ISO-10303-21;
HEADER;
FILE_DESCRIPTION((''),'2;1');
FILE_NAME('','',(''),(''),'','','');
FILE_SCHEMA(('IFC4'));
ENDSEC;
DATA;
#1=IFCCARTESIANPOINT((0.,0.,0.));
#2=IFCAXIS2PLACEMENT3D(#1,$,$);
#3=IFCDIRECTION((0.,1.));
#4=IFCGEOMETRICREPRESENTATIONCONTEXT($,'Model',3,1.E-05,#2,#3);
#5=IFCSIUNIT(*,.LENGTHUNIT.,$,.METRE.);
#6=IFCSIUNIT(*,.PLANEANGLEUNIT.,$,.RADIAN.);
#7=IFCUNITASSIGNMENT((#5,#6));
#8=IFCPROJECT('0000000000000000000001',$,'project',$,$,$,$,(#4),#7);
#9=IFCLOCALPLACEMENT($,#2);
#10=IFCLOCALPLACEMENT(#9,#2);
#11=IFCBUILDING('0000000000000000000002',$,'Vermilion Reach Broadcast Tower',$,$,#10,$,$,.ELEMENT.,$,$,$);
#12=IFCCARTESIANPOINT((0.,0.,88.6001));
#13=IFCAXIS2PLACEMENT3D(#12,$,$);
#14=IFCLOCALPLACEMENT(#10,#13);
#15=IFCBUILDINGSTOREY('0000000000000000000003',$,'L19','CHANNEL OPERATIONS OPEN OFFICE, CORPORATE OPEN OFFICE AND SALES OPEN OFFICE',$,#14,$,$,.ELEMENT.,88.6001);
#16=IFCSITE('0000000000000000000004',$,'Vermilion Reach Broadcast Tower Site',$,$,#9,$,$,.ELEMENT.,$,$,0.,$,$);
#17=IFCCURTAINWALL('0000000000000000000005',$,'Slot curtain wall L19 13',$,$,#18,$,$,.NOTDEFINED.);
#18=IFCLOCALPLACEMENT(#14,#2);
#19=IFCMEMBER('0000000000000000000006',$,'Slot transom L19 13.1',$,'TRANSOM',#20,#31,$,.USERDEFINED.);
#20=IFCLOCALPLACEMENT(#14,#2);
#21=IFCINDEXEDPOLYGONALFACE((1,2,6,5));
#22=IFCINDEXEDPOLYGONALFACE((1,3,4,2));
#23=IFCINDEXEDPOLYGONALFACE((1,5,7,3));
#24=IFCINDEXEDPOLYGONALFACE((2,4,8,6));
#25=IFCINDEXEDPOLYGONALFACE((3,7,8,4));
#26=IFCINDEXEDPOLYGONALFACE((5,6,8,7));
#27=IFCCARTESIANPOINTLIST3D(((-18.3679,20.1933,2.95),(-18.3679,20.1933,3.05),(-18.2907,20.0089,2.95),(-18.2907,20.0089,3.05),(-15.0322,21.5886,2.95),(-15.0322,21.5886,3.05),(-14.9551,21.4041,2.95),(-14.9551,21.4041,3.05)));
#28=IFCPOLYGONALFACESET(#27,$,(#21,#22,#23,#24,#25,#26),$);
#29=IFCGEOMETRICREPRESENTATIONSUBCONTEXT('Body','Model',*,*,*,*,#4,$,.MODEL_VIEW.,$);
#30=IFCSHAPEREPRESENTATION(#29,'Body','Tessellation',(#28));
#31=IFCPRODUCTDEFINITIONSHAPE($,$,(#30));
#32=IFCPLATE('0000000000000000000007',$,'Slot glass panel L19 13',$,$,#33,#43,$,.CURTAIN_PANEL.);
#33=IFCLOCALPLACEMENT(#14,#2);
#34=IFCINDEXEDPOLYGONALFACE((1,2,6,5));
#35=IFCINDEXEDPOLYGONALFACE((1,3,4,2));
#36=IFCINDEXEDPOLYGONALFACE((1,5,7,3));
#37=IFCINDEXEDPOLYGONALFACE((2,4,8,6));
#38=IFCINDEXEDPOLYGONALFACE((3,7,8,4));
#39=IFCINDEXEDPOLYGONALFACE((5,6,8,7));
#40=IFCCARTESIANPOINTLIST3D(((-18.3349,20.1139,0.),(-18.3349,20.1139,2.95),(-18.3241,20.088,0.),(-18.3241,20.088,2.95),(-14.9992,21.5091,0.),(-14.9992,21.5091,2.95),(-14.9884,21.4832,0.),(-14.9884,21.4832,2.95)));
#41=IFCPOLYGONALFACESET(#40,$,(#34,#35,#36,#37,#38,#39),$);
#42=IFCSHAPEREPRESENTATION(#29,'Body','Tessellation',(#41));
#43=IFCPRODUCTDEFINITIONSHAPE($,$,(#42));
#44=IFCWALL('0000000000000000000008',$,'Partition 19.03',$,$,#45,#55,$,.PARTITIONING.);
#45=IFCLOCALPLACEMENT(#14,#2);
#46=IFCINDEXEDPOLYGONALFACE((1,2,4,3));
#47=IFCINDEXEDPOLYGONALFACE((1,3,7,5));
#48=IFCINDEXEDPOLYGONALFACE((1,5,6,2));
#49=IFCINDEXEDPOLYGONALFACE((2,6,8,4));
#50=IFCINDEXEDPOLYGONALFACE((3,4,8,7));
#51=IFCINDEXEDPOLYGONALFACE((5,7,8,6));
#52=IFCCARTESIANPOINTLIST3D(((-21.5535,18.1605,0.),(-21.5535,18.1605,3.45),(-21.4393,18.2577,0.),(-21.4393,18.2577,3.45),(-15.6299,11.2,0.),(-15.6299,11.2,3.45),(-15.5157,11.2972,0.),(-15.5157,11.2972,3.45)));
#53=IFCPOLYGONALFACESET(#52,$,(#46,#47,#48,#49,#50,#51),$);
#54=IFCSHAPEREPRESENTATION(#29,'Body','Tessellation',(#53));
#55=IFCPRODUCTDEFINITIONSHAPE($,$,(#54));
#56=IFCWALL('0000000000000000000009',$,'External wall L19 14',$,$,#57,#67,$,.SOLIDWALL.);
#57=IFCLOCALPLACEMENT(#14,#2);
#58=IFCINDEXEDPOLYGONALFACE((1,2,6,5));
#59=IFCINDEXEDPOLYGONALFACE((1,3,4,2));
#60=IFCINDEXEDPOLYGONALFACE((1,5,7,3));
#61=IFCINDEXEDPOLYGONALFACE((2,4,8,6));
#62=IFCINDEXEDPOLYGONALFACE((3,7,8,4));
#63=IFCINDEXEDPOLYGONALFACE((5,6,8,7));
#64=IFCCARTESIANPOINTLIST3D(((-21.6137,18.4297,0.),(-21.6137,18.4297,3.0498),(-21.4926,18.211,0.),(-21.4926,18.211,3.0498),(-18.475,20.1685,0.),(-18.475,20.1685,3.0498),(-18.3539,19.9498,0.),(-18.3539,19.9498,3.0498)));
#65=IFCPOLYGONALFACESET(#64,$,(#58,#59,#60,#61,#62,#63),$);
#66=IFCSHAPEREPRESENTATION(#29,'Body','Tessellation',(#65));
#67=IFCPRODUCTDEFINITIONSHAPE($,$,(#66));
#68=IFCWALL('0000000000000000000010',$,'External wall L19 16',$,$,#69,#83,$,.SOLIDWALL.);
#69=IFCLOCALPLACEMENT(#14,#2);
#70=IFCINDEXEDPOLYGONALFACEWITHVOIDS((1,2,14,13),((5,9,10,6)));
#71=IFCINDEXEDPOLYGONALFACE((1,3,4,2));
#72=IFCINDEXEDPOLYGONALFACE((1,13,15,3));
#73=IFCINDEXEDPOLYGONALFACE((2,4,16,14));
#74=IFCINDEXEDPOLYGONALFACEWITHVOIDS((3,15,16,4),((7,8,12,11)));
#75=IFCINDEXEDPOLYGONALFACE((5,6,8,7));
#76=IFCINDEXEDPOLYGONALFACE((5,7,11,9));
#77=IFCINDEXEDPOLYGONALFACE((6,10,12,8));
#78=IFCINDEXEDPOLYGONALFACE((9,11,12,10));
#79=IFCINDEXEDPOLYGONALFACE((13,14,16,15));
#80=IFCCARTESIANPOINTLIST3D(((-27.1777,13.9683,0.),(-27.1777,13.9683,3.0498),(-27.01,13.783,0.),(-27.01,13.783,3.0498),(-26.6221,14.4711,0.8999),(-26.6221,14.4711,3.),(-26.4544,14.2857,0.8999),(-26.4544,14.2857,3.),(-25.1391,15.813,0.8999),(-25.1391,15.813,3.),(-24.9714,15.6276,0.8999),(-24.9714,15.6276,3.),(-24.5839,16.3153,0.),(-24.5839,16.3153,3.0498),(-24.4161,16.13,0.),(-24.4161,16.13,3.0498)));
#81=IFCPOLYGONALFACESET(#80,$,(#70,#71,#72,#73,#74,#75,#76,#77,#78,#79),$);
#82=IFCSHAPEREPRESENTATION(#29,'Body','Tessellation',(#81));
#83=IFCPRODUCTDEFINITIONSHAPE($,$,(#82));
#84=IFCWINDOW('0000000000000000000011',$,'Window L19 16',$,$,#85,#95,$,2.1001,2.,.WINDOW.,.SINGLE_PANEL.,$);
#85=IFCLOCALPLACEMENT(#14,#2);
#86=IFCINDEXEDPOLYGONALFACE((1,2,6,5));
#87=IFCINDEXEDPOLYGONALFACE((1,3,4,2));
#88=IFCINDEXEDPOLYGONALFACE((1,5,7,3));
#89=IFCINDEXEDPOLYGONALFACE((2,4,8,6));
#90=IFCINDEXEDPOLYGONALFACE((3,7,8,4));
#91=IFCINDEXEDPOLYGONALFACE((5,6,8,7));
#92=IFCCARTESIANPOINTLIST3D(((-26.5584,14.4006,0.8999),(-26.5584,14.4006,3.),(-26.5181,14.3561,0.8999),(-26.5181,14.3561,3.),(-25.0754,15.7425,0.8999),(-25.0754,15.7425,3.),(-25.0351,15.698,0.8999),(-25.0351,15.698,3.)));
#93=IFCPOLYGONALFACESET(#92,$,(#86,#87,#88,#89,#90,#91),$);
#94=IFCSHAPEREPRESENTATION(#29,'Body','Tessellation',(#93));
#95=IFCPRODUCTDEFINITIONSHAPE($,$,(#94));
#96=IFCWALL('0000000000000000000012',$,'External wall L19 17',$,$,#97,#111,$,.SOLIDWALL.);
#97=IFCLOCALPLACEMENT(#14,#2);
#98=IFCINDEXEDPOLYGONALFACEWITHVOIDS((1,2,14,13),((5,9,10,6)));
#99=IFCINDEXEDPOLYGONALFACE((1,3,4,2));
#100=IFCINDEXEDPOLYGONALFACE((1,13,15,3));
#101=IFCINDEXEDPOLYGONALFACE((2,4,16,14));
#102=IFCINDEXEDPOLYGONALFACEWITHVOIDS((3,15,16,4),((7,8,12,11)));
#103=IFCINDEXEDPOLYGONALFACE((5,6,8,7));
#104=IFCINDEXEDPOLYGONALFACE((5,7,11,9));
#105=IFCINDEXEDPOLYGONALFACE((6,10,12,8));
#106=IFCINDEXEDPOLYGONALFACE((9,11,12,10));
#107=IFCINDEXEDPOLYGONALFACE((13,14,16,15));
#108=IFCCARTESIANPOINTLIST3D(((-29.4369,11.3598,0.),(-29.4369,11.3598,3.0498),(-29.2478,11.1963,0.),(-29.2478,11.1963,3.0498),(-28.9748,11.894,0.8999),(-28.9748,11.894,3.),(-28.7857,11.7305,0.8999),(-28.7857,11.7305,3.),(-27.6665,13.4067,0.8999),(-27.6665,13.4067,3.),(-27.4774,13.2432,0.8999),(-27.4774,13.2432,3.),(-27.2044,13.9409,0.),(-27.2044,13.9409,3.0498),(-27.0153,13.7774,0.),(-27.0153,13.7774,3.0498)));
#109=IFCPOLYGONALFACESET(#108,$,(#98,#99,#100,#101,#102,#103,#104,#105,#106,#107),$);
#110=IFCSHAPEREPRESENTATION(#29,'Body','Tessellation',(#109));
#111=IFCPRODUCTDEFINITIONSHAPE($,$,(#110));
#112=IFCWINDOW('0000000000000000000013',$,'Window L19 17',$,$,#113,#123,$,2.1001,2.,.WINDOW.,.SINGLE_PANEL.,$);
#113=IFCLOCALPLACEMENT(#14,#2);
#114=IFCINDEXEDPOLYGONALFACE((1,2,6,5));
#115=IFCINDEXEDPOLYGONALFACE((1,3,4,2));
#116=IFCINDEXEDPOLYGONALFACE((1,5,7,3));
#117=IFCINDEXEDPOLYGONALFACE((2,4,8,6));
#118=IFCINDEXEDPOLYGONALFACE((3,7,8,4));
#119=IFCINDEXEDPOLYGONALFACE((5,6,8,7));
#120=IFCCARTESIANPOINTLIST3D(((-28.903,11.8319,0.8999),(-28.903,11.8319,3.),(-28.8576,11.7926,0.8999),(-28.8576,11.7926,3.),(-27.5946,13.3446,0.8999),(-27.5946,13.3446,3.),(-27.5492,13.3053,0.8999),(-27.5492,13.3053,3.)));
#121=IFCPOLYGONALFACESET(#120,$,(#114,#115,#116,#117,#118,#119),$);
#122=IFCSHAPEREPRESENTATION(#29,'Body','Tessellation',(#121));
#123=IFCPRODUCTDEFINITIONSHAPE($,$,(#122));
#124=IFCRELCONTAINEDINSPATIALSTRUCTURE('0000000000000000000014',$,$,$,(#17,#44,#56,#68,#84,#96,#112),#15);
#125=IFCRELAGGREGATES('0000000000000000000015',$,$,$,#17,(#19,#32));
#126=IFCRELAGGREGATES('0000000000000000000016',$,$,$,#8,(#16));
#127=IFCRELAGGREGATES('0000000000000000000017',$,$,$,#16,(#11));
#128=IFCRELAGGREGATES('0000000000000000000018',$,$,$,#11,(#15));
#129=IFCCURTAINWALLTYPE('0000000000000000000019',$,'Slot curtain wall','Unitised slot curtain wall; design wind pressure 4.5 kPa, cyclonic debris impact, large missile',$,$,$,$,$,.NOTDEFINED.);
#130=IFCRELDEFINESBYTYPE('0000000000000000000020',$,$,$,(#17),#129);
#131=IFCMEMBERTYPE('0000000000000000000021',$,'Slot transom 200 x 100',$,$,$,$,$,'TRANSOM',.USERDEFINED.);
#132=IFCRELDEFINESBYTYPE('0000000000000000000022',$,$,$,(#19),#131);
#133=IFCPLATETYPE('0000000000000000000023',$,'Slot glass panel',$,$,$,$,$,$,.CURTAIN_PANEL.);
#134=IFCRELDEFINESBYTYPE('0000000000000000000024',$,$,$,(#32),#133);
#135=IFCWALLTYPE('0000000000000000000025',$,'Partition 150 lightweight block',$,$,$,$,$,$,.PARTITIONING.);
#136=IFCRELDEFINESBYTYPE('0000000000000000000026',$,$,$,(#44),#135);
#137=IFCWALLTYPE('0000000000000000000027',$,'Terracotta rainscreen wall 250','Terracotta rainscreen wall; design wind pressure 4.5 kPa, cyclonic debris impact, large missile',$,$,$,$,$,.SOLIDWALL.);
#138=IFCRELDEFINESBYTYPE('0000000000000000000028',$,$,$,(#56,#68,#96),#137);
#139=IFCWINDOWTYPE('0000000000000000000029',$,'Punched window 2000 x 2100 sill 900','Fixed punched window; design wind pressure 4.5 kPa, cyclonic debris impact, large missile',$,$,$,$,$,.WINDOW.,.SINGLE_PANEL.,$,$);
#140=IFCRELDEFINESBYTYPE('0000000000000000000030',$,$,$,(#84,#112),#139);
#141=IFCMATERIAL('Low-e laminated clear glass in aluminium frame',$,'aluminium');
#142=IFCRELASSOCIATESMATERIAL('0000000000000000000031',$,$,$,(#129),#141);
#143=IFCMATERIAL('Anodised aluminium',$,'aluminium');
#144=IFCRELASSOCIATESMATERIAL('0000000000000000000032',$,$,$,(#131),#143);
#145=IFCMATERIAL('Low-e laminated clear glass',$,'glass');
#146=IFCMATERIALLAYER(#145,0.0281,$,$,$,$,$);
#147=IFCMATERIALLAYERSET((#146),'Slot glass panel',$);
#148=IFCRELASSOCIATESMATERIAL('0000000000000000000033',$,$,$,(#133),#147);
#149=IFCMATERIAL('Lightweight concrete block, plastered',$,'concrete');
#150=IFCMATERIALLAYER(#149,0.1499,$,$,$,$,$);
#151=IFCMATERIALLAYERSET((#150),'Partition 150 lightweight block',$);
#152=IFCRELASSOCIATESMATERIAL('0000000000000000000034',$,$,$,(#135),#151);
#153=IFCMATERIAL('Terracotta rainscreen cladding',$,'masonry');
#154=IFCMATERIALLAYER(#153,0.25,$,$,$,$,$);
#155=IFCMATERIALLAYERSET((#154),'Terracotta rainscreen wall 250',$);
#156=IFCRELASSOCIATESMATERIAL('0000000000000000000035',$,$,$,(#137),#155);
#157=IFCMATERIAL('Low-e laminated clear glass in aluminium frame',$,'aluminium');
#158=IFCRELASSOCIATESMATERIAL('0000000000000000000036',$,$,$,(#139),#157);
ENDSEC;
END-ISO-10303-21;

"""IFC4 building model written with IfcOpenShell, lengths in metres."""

from ifc_helpers import new_model, si_unit, direction, frame, frame_2d, origin, origin_2d, place, context, subcontext, project, spatial, rectangle, extrude, material, layer, layer_set, material_profile, profile_set, type_object, element, fill, aggregate, save


model = new_model("IFC4")

# Units and contexts
model_context = context("Model", 3, precision=1e-05, world=origin(), true_north=direction((0.0, 1.0)))
body_context = subcontext(model_context, "Body", "Model", "MODEL_VIEW")
ifc_project = project(units=[si_unit("LENGTHUNIT", "METRE"), si_unit("PLANEANGLEUNIT", "RADIAN")], contexts=[model_context])

# Site, building, storey
site_placement = place(None, origin())
site = spatial("IfcSite", under=ifc_project, at=site_placement, Name="Vermilion Reach Broadcast Tower Site", CompositionType="ELEMENT", RefElevation=0.0)
building_placement = place(site_placement, origin())
building = spatial("IfcBuilding", under=site, at=building_placement, Name="Vermilion Reach Broadcast Tower", CompositionType="ELEMENT")
storey_placement = place(building_placement, frame((0.0, 0.0, 88.6001)))
storey = spatial("IfcBuildingStorey", under=building, at=storey_placement, Name="L19", Description="CHANNEL OPERATIONS OPEN OFFICE, CORPORATE OPEN OFFICE AND SALES OPEN OFFICE", CompositionType="ELEMENT", Elevation=88.6001)

# Curtain wall, member, plate
ifc_material_1 = material(Name="Low-e laminated clear glass in aluminium frame", Category="aluminium")
curtain_wall_type = type_object("IfcCurtainWallType", Name="Slot curtain wall", Description="Unitised slot curtain wall; design wind pressure 4.5 kPa, cyclonic debris impact, large missile", PredefinedType="NOTDEFINED", material=ifc_material_1)
curtain_wall_placement = place(storey_placement, origin())
curtain_wall = element("IfcCurtainWall", 1, at=curtain_wall_placement, inside=storey, type_object=curtain_wall_type, Name="Slot curtain wall L19 13", PredefinedType="NOTDEFINED")
ifc_material_2 = material(Name="Anodised aluminium", Category="aluminium")
ifc_material_profile_1 = material_profile(ifc_material_2, rectangle(XDim=0.2, YDim=0.1001, at=origin_2d()), Name="Slot transom 200 x 100")
ifc_profile_set_1 = profile_set([ifc_material_profile_1], Name="Anodised aluminium")
member_type_1 = type_object("IfcMemberType", Name="Slot transom 200 x 100", ElementType="TRANSOM", PredefinedType="USERDEFINED", material=ifc_profile_set_1)
member_1_placement = place(storey_placement, frame((-14.9937, 21.4963, 3.0), z_axis=(-0.922547, -0.385886, 0.0), x_axis=(0.385886, -0.922547, 0.0)))
member_1 = element("IfcMember", 2, at=member_1_placement, type_object=member_type_1, Name="Slot transom L19 13.1", ObjectType="TRANSOM", PredefinedType="USERDEFINED", context=body_context, shape_type="SweptSolid", body=[
    extrude(rectangle(XDim=0.2, YDim=0.1001, at=origin_2d()), origin(), (0.0, 0.0, 1.0), 3.6157),
])
ifc_material_3 = material(Name="Low-e laminated clear glass", Category="glass")
ifc_layer_1 = layer(ifc_material_3, 0.0281)
ifc_layer_set_1 = layer_set([ifc_layer_1], Name="Slot glass panel")
plate_type = type_object("IfcPlateType", Name="Slot glass panel", PredefinedType="CURTAIN_PANEL", material=ifc_layer_set_1)
plate_placement = place(storey_placement, frame((-16.6616, 20.7986, 0.0), z_axis=(0.0, 0.0, 1.0), x_axis=(-0.922555, -0.385867, 0.0)))
plate = element("IfcPlate", 3, at=plate_placement, type_object=plate_type, Name="Slot glass panel L19 13", PredefinedType="CURTAIN_PANEL", context=body_context, shape_type="SweptSolid", body=[
    extrude(rectangle(XDim=3.6157, YDim=0.0281, at=origin_2d()), origin(), (0.0, 0.0, 1.0), 2.95),
])
aggregate(curtain_wall, [member_1, plate])

# Walls
ifc_material_4 = material(Name="Lightweight concrete block, plastered", Category="concrete")
ifc_layer_2 = layer(ifc_material_4, 0.1499)
ifc_layer_set_2 = layer_set([ifc_layer_2], Name="Partition 150 lightweight block")
wall_type_1 = type_object("IfcWallType", Name="Partition 150 lightweight block", PredefinedType="PARTITIONING", material=ifc_layer_set_2)
wall_1_placement = place(storey_placement, frame((-21.4963, 18.209, 0.0), z_axis=(0.0, 0.0, 1.0), x_axis=(0.648106, -0.76155, 0.0)))
element("IfcWall", 4, at=wall_1_placement, inside=storey, type_object=wall_type_1, Name="Partition 19.03", PredefinedType="PARTITIONING", context=body_context, shape_type="SweptSolid", body=[
    extrude(rectangle(XDim=9.1399, YDim=0.1499, at=frame_2d((4.5698, 0.0))), origin(), (0.0, 0.0, 1.0), 3.45),
])
ifc_material_5 = material(Name="Terracotta rainscreen cladding", Category="masonry")
ifc_layer_3 = layer(ifc_material_5, 0.25)
ifc_layer_set_3 = layer_set([ifc_layer_3], Name="Terracotta rainscreen wall 250")
wall_type_2 = type_object("IfcWallType", Name="Terracotta rainscreen wall 250", Description="Terracotta rainscreen wall; design wind pressure 4.5 kPa, cyclonic debris impact, large missile", PredefinedType="SOLIDWALL", material=ifc_layer_set_3)
wall_2_placement = place(storey_placement, frame((-18.4146, 20.0591, 0.0), z_axis=(0.0, 0.0, 1.0), x_axis=(-0.874741, -0.484591, 0.0)))
element("IfcWall", 5, at=wall_2_placement, inside=storey, type_object=wall_type_2, Name="External wall L19 14", PredefinedType="SOLIDWALL", context=body_context, shape_type="SweptSolid", body=[
    extrude(rectangle(XDim=3.5881, YDim=0.25, at=frame_2d((1.7939, 0.0))), origin(), (0.0, 0.0, 1.0), 3.0498),
])

# Walls, openings, windows
wall_3_placement = place(storey_placement, frame((-24.5, 16.2227, 0.0), z_axis=(0.0, 0.0, 1.0), x_axis=(-0.741508, -0.670944, 0.0)))
wall_3 = element("IfcWall", 6, at=wall_3_placement, inside=storey, type_object=wall_type_2, Name="External wall L19 16", PredefinedType="SOLIDWALL", context=body_context, shape_type="SweptSolid", body=[
    extrude(rectangle(XDim=3.498, YDim=0.25, at=frame_2d((1.749, 0.0))), origin(), (0.0, 0.0, 1.0), 3.0498),
])
opening_1_placement = place(wall_3_placement, frame((0.7488, 0.0, 0.8999)))
opening_1 = element("IfcOpeningElement", 7, at=opening_1_placement, cuts=wall_3, PredefinedType="OPENING", context=body_context, shape_type="SweptSolid", body=[
    extrude(rectangle(XDim=2.0, YDim=2.1001, at=frame_2d((1.0, 1.05))), frame((0.0, 0.135, 0.0), z_axis=(0.0, -1.0, 0.0), x_axis=(1.0, 0.0, 0.0)), (0.0, 0.0, 1.0), 0.27),
])
ifc_material_6 = material(Name="Low-e laminated clear glass in aluminium frame", Category="aluminium")
window_type = type_object("IfcWindowType", Name="Punched window 2000 x 2100 sill 900", Description="Fixed punched window; design wind pressure 4.5 kPa, cyclonic debris impact, large missile", PartitioningType="SINGLE_PANEL", PredefinedType="WINDOW", material=ifc_material_6)
window_1_placement = place(opening_1_placement, origin())
window_1 = element("IfcWindow", 8, at=window_1_placement, inside=storey, type_object=window_type, Name="Window L19 16", OverallHeight=2.1001, OverallWidth=2.0, PartitioningType="SINGLE_PANEL", PredefinedType="WINDOW", context=body_context, shape_type="SweptSolid", body=[
    extrude(rectangle(XDim=2.0, YDim=2.1001, at=frame_2d((1.0, 1.05))), frame((0.0, 0.03, 0.0), z_axis=(0.0, -1.0, 0.0), x_axis=(1.0, 0.0, 0.0)), (0.0, 0.0, 1.0), 0.0601),
])
fill(opening_1, window_1)
wall_4_placement = place(storey_placement, frame((-27.1099, 13.8591, 0.0), z_axis=(0.0, 0.0, 1.0), x_axis=(-0.654178, -0.75634, 0.0)))
wall_4 = element("IfcWall", 9, at=wall_4_placement, inside=storey, type_object=wall_type_2, Name="External wall L19 17", PredefinedType="SOLIDWALL", context=body_context, shape_type="SweptSolid", body=[
    extrude(rectangle(XDim=3.4126, YDim=0.25, at=frame_2d((1.7063, 0.0))), origin(), (0.0, 0.0, 1.0), 3.0498),
])
opening_2_placement = place(wall_4_placement, frame((0.7063, 0.0, 0.8999)))
opening_2 = element("IfcOpeningElement", 10, at=opening_2_placement, cuts=wall_4, PredefinedType="OPENING", context=body_context, shape_type="SweptSolid", body=[
    extrude(rectangle(XDim=2.0, YDim=2.1001, at=frame_2d((1.0, 1.05))), frame((0.0, 0.135, 0.0), z_axis=(0.0, -1.0, 0.0), x_axis=(1.0, 0.0, 0.0)), (0.0, 0.0, 1.0), 0.27),
])
window_2_placement = place(opening_2_placement, origin())
window_2 = element("IfcWindow", 11, at=window_2_placement, inside=storey, type_object=window_type, Name="Window L19 17", OverallHeight=2.1001, OverallWidth=2.0, PartitioningType="SINGLE_PANEL", PredefinedType="WINDOW", context=body_context, shape_type="SweptSolid", body=[
    extrude(rectangle(XDim=2.0, YDim=2.1001, at=frame_2d((1.0, 1.05))), frame((0.0, 0.03, 0.0), z_axis=(0.0, -1.0, 0.0), x_axis=(1.0, 0.0, 0.0)), (0.0, 0.0, 1.0), 0.0601),
])
fill(opening_2, window_2)

save(model, "model.ifc")
